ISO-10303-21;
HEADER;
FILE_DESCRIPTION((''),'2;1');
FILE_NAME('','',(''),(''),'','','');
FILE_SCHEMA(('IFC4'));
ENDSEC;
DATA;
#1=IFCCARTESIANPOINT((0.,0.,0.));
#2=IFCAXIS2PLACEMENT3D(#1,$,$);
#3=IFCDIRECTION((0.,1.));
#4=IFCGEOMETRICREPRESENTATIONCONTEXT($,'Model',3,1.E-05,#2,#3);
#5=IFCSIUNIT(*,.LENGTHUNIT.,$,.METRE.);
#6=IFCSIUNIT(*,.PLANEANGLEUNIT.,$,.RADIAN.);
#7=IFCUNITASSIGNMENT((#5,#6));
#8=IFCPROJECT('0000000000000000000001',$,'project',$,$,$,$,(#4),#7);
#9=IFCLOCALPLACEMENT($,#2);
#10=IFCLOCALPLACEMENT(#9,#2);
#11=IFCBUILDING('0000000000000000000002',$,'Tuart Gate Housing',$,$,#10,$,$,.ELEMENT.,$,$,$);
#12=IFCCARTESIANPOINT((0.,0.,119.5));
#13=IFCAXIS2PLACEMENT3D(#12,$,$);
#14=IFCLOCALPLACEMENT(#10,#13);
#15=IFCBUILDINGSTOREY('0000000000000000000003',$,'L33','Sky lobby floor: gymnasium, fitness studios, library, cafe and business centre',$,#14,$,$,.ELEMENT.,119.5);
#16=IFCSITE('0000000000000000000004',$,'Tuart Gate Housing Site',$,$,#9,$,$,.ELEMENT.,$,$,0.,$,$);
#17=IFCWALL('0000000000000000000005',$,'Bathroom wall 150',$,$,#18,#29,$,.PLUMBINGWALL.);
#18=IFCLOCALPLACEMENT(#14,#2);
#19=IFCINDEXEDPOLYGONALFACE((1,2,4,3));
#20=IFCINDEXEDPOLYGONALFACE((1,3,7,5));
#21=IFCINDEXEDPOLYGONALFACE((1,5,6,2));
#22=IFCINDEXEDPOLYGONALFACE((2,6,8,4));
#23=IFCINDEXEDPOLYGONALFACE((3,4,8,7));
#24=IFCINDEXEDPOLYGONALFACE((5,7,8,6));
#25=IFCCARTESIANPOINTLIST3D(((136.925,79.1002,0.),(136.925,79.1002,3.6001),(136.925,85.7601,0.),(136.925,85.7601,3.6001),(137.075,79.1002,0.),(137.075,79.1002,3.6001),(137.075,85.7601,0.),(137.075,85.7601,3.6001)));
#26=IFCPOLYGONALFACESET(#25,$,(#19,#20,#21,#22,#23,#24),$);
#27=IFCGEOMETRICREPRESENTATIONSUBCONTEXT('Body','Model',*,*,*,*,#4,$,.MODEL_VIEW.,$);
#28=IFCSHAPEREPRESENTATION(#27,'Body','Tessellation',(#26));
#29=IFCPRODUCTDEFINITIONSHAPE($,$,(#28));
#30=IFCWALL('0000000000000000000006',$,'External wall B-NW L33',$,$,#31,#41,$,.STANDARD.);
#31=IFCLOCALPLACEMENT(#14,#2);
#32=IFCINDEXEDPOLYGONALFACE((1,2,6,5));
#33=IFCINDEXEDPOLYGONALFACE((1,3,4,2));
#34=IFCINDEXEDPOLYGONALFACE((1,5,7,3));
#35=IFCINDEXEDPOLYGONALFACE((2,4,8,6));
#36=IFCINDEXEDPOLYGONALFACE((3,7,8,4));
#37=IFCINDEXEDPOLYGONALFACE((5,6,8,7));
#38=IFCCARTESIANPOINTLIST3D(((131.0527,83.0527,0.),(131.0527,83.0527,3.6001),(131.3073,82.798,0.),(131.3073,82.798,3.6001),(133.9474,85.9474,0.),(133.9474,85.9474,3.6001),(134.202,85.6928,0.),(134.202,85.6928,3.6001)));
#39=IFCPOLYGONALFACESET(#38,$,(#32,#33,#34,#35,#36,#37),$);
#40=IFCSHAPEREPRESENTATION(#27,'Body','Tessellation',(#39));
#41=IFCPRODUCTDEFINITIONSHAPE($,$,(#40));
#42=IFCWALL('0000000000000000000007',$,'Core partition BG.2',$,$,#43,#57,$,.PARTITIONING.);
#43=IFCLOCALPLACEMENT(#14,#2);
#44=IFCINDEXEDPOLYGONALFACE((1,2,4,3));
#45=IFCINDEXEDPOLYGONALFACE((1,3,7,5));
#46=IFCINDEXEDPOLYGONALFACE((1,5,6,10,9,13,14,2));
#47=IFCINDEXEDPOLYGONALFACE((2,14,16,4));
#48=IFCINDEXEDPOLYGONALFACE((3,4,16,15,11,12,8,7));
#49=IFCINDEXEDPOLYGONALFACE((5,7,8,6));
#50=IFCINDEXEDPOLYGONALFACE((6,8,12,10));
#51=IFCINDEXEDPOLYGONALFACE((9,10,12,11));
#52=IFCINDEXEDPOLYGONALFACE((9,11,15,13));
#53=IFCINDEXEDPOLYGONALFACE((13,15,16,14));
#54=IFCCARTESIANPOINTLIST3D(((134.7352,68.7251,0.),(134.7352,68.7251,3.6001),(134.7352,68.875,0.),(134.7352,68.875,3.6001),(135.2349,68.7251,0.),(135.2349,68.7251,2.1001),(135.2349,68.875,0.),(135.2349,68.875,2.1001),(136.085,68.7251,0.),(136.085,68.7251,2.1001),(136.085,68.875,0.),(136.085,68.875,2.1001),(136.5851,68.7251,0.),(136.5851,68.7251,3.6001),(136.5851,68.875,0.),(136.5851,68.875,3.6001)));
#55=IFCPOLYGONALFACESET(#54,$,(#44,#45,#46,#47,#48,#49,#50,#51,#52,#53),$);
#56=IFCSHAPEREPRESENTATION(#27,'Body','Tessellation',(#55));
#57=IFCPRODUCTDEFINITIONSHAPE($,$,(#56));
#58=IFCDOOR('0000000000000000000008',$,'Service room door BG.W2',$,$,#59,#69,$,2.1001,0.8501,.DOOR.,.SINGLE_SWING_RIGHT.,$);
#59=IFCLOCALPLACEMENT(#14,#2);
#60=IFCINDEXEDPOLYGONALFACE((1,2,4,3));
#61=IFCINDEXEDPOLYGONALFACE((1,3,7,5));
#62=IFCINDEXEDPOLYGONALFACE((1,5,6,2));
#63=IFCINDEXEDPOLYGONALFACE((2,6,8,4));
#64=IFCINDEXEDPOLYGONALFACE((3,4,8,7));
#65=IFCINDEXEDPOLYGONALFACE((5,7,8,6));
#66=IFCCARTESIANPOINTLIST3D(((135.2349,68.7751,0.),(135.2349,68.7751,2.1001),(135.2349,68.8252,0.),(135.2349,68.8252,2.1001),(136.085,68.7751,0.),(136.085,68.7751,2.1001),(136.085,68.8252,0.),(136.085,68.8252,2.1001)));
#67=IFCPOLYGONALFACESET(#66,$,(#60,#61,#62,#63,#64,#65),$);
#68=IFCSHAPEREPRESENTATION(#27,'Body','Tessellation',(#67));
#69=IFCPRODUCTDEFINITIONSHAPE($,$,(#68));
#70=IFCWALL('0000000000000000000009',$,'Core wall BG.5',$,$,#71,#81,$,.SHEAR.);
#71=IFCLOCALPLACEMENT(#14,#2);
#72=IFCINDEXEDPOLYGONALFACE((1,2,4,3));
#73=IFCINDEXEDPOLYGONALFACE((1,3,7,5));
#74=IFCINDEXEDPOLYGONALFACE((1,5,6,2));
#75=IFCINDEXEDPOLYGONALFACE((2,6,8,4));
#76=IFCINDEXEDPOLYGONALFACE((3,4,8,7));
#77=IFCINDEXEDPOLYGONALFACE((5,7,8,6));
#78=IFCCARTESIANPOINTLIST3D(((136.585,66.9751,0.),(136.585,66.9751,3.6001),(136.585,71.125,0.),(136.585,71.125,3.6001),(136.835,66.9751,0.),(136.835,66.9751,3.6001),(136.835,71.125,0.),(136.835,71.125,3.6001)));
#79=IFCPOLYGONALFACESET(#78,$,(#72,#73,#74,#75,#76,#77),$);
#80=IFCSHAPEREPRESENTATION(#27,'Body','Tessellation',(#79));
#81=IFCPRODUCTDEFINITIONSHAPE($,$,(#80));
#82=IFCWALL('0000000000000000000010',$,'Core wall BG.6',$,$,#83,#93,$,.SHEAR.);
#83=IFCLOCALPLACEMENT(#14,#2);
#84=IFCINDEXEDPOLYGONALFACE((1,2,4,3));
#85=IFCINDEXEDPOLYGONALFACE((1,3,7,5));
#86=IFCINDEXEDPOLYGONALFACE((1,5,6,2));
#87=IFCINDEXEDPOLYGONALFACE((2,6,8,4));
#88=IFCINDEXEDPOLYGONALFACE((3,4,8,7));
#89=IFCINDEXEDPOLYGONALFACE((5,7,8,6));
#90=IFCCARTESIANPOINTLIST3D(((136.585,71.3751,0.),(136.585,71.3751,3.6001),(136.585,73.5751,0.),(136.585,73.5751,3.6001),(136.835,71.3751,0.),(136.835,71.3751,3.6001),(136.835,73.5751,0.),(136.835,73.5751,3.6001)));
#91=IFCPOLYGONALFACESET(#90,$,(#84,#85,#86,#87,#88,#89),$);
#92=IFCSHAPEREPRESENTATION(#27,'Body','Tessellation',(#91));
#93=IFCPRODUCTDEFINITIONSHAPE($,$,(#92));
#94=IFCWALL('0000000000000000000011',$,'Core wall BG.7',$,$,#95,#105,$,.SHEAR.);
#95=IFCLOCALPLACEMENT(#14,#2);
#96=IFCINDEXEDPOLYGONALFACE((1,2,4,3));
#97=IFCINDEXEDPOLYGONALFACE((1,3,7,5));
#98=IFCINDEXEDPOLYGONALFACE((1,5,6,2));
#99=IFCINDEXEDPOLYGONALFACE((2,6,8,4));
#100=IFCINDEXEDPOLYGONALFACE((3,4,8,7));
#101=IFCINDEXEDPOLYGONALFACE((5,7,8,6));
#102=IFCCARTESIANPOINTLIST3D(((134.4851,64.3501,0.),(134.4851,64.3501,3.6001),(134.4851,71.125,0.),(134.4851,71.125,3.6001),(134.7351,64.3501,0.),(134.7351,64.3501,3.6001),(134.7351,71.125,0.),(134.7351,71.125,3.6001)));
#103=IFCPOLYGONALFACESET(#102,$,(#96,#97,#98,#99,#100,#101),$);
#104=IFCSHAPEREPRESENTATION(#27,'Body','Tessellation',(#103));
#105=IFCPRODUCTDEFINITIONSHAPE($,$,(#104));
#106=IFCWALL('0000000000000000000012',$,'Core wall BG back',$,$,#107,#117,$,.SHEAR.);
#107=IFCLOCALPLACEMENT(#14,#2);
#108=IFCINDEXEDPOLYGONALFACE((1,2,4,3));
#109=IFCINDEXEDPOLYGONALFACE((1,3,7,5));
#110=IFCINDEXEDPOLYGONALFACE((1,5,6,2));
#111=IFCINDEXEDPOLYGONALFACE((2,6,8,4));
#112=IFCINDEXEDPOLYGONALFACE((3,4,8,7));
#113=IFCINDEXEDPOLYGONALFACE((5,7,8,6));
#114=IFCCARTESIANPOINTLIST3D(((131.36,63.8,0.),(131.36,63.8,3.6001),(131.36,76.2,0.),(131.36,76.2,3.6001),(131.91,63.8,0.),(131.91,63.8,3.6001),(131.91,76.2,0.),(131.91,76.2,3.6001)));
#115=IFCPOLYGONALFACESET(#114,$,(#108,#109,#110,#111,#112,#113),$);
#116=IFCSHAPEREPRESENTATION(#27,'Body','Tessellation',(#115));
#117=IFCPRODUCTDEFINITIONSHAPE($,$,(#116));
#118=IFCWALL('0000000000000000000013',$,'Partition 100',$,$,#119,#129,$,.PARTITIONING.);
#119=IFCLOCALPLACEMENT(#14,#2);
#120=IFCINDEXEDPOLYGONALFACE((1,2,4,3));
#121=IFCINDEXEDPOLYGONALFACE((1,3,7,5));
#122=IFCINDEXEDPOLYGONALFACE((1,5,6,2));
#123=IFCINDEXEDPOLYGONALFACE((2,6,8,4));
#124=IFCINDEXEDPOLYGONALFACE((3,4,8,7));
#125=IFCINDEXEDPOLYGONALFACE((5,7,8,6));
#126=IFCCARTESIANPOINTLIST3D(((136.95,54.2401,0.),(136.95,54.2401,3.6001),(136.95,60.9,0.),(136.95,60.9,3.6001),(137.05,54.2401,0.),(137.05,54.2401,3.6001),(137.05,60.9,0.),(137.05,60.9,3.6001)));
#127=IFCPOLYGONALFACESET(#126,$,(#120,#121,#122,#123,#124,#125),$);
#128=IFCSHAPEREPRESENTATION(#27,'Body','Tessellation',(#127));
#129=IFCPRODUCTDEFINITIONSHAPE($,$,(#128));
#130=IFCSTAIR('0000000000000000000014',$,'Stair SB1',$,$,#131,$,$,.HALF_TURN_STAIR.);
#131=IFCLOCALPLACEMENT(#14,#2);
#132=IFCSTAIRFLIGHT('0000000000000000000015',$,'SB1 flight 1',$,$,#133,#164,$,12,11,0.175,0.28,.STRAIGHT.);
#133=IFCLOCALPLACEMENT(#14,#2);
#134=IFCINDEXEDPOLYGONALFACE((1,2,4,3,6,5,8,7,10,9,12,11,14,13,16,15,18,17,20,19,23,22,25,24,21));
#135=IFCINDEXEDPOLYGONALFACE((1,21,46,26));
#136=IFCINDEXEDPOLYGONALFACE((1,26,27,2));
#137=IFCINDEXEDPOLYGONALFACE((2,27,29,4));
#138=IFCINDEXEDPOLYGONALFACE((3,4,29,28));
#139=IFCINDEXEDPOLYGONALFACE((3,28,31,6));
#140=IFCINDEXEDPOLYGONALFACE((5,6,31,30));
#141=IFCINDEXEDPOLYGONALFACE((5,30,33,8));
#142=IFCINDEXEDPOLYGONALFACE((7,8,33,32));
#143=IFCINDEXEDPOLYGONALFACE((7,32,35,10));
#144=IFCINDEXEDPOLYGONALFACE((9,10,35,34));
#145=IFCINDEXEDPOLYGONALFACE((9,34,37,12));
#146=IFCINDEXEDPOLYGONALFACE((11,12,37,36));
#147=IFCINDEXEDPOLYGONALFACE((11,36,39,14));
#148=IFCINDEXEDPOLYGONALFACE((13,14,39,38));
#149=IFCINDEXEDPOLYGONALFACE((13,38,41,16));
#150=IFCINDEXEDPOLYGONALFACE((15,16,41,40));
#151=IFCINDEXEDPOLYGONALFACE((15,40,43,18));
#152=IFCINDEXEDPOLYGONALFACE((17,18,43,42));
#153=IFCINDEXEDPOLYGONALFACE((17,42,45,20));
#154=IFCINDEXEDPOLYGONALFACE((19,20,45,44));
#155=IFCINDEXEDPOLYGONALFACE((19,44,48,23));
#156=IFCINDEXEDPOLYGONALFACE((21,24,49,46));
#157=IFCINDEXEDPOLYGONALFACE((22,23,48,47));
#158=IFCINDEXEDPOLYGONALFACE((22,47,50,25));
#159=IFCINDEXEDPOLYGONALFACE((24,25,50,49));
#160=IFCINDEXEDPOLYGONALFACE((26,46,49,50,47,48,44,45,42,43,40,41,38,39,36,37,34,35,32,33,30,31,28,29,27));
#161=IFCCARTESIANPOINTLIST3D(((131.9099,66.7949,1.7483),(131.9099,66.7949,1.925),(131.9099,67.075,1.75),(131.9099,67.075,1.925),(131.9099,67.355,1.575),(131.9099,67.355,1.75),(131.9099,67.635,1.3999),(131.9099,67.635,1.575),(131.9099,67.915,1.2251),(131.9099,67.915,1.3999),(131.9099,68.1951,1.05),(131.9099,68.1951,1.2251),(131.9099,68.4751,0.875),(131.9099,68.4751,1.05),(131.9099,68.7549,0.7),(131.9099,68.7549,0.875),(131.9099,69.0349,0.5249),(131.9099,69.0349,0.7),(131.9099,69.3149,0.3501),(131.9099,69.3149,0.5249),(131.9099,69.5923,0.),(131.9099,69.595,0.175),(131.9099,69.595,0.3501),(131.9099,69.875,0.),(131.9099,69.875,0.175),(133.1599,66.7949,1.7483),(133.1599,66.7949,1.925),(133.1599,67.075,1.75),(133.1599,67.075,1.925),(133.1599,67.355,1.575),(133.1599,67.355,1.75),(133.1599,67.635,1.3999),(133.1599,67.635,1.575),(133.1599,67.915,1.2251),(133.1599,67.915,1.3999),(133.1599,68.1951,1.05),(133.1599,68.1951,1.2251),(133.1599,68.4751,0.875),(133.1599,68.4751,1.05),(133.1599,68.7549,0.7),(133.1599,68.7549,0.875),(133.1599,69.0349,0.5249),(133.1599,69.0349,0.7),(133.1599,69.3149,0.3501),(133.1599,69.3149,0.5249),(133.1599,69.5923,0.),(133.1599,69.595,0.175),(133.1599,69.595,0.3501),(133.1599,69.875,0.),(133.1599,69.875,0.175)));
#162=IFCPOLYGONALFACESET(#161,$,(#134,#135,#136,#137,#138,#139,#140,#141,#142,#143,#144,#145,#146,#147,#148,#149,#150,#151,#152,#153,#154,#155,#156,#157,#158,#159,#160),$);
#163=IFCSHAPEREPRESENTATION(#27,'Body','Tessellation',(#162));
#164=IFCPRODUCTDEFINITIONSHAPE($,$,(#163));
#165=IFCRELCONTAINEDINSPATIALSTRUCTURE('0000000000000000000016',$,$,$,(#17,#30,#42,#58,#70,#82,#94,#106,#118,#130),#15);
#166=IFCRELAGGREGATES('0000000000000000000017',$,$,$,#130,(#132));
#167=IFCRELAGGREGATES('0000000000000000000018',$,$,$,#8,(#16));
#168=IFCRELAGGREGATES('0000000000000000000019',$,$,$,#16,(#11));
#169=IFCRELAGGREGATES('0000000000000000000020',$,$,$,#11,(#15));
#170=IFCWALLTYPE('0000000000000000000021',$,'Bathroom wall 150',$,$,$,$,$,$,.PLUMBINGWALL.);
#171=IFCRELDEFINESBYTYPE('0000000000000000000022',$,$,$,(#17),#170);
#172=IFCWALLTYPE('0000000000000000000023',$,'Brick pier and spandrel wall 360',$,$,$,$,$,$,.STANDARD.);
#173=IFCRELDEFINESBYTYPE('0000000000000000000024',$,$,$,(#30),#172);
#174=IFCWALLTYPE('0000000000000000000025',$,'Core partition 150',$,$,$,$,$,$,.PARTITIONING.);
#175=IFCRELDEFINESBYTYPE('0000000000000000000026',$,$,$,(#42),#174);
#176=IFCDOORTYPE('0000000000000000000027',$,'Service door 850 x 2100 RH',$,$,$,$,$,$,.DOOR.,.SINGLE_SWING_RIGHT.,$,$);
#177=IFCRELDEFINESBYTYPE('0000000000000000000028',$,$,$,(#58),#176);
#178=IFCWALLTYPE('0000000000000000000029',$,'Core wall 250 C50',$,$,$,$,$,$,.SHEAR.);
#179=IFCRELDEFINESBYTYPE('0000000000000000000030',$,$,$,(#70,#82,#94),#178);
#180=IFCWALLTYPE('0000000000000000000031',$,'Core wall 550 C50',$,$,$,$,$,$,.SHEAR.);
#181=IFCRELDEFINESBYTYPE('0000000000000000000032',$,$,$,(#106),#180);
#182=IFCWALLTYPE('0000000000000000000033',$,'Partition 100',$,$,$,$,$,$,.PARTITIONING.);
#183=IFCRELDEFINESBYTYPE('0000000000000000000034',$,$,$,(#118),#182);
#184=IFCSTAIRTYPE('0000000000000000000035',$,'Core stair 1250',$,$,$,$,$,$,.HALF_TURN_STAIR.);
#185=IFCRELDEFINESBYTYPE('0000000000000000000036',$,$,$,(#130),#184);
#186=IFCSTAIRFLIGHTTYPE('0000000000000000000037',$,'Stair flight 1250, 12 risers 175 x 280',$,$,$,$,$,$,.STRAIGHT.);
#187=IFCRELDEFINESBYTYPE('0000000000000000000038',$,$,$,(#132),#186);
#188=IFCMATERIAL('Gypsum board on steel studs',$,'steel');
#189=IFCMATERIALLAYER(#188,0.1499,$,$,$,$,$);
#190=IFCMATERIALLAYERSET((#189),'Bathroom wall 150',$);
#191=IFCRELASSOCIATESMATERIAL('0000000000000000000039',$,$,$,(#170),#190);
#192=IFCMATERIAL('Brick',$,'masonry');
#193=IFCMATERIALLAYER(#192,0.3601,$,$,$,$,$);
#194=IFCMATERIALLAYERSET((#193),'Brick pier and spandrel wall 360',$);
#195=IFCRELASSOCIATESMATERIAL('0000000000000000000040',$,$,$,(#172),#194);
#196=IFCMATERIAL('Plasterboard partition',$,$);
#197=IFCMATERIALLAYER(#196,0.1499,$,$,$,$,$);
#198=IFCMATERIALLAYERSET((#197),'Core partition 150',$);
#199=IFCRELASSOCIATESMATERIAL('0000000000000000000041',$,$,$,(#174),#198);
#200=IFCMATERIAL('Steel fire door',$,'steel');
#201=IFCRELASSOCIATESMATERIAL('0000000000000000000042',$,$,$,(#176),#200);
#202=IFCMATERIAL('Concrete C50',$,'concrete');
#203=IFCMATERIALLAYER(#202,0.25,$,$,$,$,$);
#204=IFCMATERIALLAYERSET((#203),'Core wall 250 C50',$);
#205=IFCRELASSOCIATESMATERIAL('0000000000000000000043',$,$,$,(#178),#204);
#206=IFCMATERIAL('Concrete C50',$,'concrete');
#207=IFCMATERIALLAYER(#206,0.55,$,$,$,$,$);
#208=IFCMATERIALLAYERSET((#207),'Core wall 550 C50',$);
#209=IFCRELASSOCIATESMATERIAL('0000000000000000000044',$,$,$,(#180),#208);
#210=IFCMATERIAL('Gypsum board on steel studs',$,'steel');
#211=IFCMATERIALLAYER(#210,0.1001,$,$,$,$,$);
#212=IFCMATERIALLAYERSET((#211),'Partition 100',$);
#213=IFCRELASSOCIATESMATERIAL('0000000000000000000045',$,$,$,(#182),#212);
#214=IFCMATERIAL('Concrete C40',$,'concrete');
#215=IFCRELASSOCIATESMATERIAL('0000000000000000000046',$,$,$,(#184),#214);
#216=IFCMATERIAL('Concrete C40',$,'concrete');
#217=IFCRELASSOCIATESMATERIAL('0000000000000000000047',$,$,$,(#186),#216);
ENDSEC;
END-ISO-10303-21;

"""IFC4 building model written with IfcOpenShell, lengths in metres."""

from ifc_helpers import new_model, si_unit, direction, frame, frame_2d, origin, place, context, subcontext, project, spatial, polyline, rectangle, outline, extrude, material, layer, layer_set, type_object, element, fill, aggregate, save


model = new_model("IFC4")

# Units and contexts
model_context = context("Model", 3, precision=1e-05, world=origin(), true_north=direction((0.0, 1.0)))
body_context = subcontext(model_context, "Body", "Model", "MODEL_VIEW")
ifc_project = project(units=[si_unit("LENGTHUNIT", "METRE"), si_unit("PLANEANGLEUNIT", "RADIAN")], contexts=[model_context])

# Site, building, storey
site_placement = place(None, origin())
site = spatial("IfcSite", under=ifc_project, at=site_placement, Name="Tuart Gate Housing Site", CompositionType="ELEMENT", RefElevation=0.0)
building_placement = place(site_placement, origin())
building = spatial("IfcBuilding", under=site, at=building_placement, Name="Tuart Gate Housing", CompositionType="ELEMENT")
storey_placement = place(building_placement, frame((0.0, 0.0, 119.5)))
storey = spatial("IfcBuildingStorey", under=building, at=storey_placement, Name="L33", Description="Sky lobby floor: gymnasium, fitness studios, library, cafe and business centre", CompositionType="ELEMENT", Elevation=119.5)

# Walls
ifc_material_1 = material(Name="Gypsum board on steel studs", Category="steel")
ifc_layer_1 = layer(ifc_material_1, 0.1499)
ifc_layer_set_1 = layer_set([ifc_layer_1], Name="Bathroom wall 150")
wall_type_1 = type_object("IfcWallType", Name="Bathroom wall 150", PredefinedType="PLUMBINGWALL", material=ifc_layer_set_1)
wall_1_placement = place(storey_placement, frame((137.0, 79.1001, 0.0), z_axis=(0.0, 0.0, 1.0), x_axis=(0.0, 1.0, 0.0)))
element("IfcWall", 1, at=wall_1_placement, inside=storey, type_object=wall_type_1, Name="Bathroom wall 150", PredefinedType="PLUMBINGWALL", context=body_context, shape_type="SweptSolid", body=[
    extrude(rectangle(XDim=6.6599, YDim=0.1499, at=frame_2d((3.3301, 0.0))), origin(), (0.0, 0.0, 1.0), 3.6001),
])
ifc_material_2 = material(Name="Brick", Category="masonry")
ifc_layer_2 = layer(ifc_material_2, 0.3601)
ifc_layer_set_2 = layer_set([ifc_layer_2], Name="Brick pier and spandrel wall 360")
wall_type_2 = type_object("IfcWallType", Name="Brick pier and spandrel wall 360", PredefinedType="STANDARD", material=ifc_layer_set_2)
wall_2_placement = place(storey_placement, frame((134.0747, 85.8201, 0.0), z_axis=(0.0, 0.0, 1.0), x_axis=(-0.707107, -0.707107, 0.0)))
element("IfcWall", 2, at=wall_2_placement, inside=storey, type_object=wall_type_2, Name="External wall B-NW L33", PredefinedType="STANDARD", context=body_context, shape_type="SweptSolid", body=[
    extrude(rectangle(XDim=4.0938, YDim=0.3601, at=frame_2d((2.0469, 0.0))), origin(), (0.0, 0.0, 1.0), 3.6001),
])

# Wall, opening, door
ifc_material_3 = material(Name="Plasterboard partition")
ifc_layer_3 = layer(ifc_material_3, 0.1499)
ifc_layer_set_3 = layer_set([ifc_layer_3], Name="Core partition 150")
wall_type_3 = type_object("IfcWallType", Name="Core partition 150", PredefinedType="PARTITIONING", material=ifc_layer_set_3)
wall_3_placement = place(storey_placement, frame((136.585, 68.8, 0.0), z_axis=(0.0, 0.0, 1.0), x_axis=(-1.0, 0.0, 0.0)))
wall_3 = element("IfcWall", 3, at=wall_3_placement, inside=storey, type_object=wall_type_3, Name="Core partition BG.2", PredefinedType="PARTITIONING", context=body_context, shape_type="SweptSolid", body=[
    extrude(rectangle(XDim=1.8499, YDim=0.1499, at=frame_2d((0.9248, 0.0))), origin(), (0.0, 0.0, 1.0), 3.6001),
])
opening_placement = place(wall_3_placement, frame((0.5, 0.0, 0.0)))
opening = element("IfcOpeningElement", 4, at=opening_placement, cuts=wall_3, PredefinedType="OPENING", context=body_context, shape_type="SweptSolid", body=[
    extrude(rectangle(XDim=0.8501, YDim=2.1001, at=frame_2d((0.425, 1.05))), frame((0.0, 0.085, 0.0), z_axis=(0.0, -1.0, 0.0), x_axis=(1.0, 0.0, 0.0)), (0.0, 0.0, 1.0), 0.1699),
])
ifc_material_4 = material(Name="Steel fire door", Category="steel")
door_type = type_object("IfcDoorType", Name="Service door 850 x 2100 RH", OperationType="SINGLE_SWING_RIGHT", PredefinedType="DOOR", material=ifc_material_4)
door_placement = place(opening_placement, frame((0.8501, 0.0, 0.0), z_axis=(0.0, 0.0, 1.0), x_axis=(-1.0, 0.0, 0.0)))
door = element("IfcDoor", 5, at=door_placement, inside=storey, type_object=door_type, Name="Service room door BG.W2", OperationType="SINGLE_SWING_RIGHT", OverallHeight=2.1001, OverallWidth=0.8501, PredefinedType="DOOR", context=body_context, shape_type="SweptSolid", body=[
    extrude(rectangle(XDim=0.8501, YDim=2.1001, at=frame_2d((0.425, 1.05))), frame((0.0, 0.0251, 0.0), z_axis=(0.0, -1.0, 0.0), x_axis=(1.0, 0.0, 0.0)), (0.0, 0.0, 1.0), 0.05),
])
fill(opening, door)

# Walls
ifc_material_5 = material(Name="Concrete C50", Category="concrete")
ifc_layer_4 = layer(ifc_material_5, 0.25)
ifc_layer_set_4 = layer_set([ifc_layer_4], Name="Core wall 250 C50")
wall_type_4 = type_object("IfcWallType", Name="Core wall 250 C50", PredefinedType="SHEAR", material=ifc_layer_set_4)
wall_4_placement = place(storey_placement, frame((136.71, 66.9751, 0.0), z_axis=(0.0, 0.0, 1.0), x_axis=(0.0, 1.0, 0.0)))
element("IfcWall", 6, at=wall_4_placement, inside=storey, type_object=wall_type_4, Name="Core wall BG.5", PredefinedType="SHEAR", context=body_context, shape_type="SweptSolid", body=[
    extrude(rectangle(XDim=4.1499, YDim=0.25, at=frame_2d((2.075, 0.0))), origin(), (0.0, 0.0, 1.0), 3.6001),
])
wall_5_placement = place(storey_placement, frame((136.71, 71.375, 0.0), z_axis=(0.0, 0.0, 1.0), x_axis=(0.0, 1.0, 0.0)))
element("IfcWall", 7, at=wall_5_placement, inside=storey, type_object=wall_type_4, Name="Core wall BG.6", PredefinedType="SHEAR", context=body_context, shape_type="SweptSolid", body=[
    extrude(rectangle(XDim=2.2, YDim=0.25, at=frame_2d((1.1001, 0.0))), origin(), (0.0, 0.0, 1.0), 3.6001),
])
wall_6_placement = place(storey_placement, frame((134.6101, 64.3501, 0.0), z_axis=(0.0, 0.0, 1.0), x_axis=(0.0, 1.0, 0.0)))
element("IfcWall", 8, at=wall_6_placement, inside=storey, type_object=wall_type_4, Name="Core wall BG.7", PredefinedType="SHEAR", context=body_context, shape_type="SweptSolid", body=[
    extrude(rectangle(XDim=6.7749, YDim=0.25, at=frame_2d((3.3875, 0.0))), origin(), (0.0, 0.0, 1.0), 3.6001),
])
ifc_material_6 = material(Name="Concrete C50", Category="concrete")
ifc_layer_5 = layer(ifc_material_6, 0.55)
ifc_layer_set_5 = layer_set([ifc_layer_5], Name="Core wall 550 C50")
wall_type_5 = type_object("IfcWallType", Name="Core wall 550 C50", PredefinedType="SHEAR", material=ifc_layer_set_5)
wall_7_placement = place(storey_placement, frame((131.635, 63.8, 0.0), z_axis=(0.0, 0.0, 1.0), x_axis=(0.0, 1.0, 0.0)))
element("IfcWall", 9, at=wall_7_placement, inside=storey, type_object=wall_type_5, Name="Core wall BG back", PredefinedType="SHEAR", context=body_context, shape_type="SweptSolid", body=[
    extrude(rectangle(XDim=12.3999, YDim=0.55, at=frame_2d((6.2, 0.0))), origin(), (0.0, 0.0, 1.0), 3.6001),
])
ifc_material_7 = material(Name="Gypsum board on steel studs", Category="steel")
ifc_layer_6 = layer(ifc_material_7, 0.1001)
ifc_layer_set_6 = layer_set([ifc_layer_6], Name="Partition 100")
wall_type_6 = type_object("IfcWallType", Name="Partition 100", PredefinedType="PARTITIONING", material=ifc_layer_set_6)
wall_8_placement = place(storey_placement, frame((137.0, 54.24, 0.0), z_axis=(0.0, 0.0, 1.0), x_axis=(0.0, 1.0, 0.0)))
element("IfcWall", 10, at=wall_8_placement, inside=storey, type_object=wall_type_6, Name="Partition 100", PredefinedType="PARTITIONING", context=body_context, shape_type="SweptSolid", body=[
    extrude(rectangle(XDim=6.6599, YDim=0.1001, at=frame_2d((3.3301, 0.0))), origin(), (0.0, 0.0, 1.0), 3.6001),
])

# Stair, stair flight
ifc_material_8 = material(Name="Concrete C40", Category="concrete")
stair_type = type_object("IfcStairType", Name="Core stair 1250", PredefinedType="HALF_TURN_STAIR", material=ifc_material_8)
stair_placement = place(storey_placement, origin())
stair = element("IfcStair", 11, at=stair_placement, inside=storey, type_object=stair_type, Name="Stair SB1", PredefinedType="HALF_TURN_STAIR")
ifc_material_9 = material(Name="Concrete C40", Category="concrete")
stair_flight_type = type_object("IfcStairFlightType", Name="Stair flight 1250, 12 risers 175 x 280", PredefinedType="STRAIGHT", material=ifc_material_9)
stair_flight_1_placement = place(storey_placement, frame((132.5349, 69.875, 0.0), z_axis=(0.0, 0.0, 1.0), x_axis=(0.0, -1.0, 0.0)))
stair_flight_1 = element("IfcStairFlight", 12, at=stair_flight_1_placement, type_object=stair_flight_type, Name="SB1 flight 1", NumberOfRisers=12, NumberOfTreads=11, PredefinedType="STRAIGHT", RiserHeight=0.175, TreadLength=0.28, context=body_context, shape_type="SweptSolid", body=[
    extrude(outline(polyline([(0.0, 0.0), (0.0, 0.175), (0.28, 0.175), (0.28, 0.3501), (0.5601, 0.3501), (0.5601, 0.5249), (0.8401, 0.5249), (0.8401, 0.7), (1.1201, 0.7), (1.1201, 0.875), (1.3999, 0.875), (1.3999, 1.05), (1.6799, 1.05), (1.6799, 1.2251), (1.96, 1.2251), (1.96, 1.3999), (2.24, 1.3999), (2.24, 1.575), (2.52, 1.575), (2.52, 1.75), (2.8, 1.75), (2.8, 1.925), (3.0801, 1.925), (3.0801, 2.1001), (3.0801, 1.7483), (0.2827, 0.0), (0.0, 0.0)])), frame((0.0, 0.625, 0.0), z_axis=(0.0, -1.0, 0.0), x_axis=(1.0, 0.0, 0.0)), (0.0, 0.0, 1.0), 1.25),
])
aggregate(stair, [stair_flight_1])

save(model, "model.ifc")
